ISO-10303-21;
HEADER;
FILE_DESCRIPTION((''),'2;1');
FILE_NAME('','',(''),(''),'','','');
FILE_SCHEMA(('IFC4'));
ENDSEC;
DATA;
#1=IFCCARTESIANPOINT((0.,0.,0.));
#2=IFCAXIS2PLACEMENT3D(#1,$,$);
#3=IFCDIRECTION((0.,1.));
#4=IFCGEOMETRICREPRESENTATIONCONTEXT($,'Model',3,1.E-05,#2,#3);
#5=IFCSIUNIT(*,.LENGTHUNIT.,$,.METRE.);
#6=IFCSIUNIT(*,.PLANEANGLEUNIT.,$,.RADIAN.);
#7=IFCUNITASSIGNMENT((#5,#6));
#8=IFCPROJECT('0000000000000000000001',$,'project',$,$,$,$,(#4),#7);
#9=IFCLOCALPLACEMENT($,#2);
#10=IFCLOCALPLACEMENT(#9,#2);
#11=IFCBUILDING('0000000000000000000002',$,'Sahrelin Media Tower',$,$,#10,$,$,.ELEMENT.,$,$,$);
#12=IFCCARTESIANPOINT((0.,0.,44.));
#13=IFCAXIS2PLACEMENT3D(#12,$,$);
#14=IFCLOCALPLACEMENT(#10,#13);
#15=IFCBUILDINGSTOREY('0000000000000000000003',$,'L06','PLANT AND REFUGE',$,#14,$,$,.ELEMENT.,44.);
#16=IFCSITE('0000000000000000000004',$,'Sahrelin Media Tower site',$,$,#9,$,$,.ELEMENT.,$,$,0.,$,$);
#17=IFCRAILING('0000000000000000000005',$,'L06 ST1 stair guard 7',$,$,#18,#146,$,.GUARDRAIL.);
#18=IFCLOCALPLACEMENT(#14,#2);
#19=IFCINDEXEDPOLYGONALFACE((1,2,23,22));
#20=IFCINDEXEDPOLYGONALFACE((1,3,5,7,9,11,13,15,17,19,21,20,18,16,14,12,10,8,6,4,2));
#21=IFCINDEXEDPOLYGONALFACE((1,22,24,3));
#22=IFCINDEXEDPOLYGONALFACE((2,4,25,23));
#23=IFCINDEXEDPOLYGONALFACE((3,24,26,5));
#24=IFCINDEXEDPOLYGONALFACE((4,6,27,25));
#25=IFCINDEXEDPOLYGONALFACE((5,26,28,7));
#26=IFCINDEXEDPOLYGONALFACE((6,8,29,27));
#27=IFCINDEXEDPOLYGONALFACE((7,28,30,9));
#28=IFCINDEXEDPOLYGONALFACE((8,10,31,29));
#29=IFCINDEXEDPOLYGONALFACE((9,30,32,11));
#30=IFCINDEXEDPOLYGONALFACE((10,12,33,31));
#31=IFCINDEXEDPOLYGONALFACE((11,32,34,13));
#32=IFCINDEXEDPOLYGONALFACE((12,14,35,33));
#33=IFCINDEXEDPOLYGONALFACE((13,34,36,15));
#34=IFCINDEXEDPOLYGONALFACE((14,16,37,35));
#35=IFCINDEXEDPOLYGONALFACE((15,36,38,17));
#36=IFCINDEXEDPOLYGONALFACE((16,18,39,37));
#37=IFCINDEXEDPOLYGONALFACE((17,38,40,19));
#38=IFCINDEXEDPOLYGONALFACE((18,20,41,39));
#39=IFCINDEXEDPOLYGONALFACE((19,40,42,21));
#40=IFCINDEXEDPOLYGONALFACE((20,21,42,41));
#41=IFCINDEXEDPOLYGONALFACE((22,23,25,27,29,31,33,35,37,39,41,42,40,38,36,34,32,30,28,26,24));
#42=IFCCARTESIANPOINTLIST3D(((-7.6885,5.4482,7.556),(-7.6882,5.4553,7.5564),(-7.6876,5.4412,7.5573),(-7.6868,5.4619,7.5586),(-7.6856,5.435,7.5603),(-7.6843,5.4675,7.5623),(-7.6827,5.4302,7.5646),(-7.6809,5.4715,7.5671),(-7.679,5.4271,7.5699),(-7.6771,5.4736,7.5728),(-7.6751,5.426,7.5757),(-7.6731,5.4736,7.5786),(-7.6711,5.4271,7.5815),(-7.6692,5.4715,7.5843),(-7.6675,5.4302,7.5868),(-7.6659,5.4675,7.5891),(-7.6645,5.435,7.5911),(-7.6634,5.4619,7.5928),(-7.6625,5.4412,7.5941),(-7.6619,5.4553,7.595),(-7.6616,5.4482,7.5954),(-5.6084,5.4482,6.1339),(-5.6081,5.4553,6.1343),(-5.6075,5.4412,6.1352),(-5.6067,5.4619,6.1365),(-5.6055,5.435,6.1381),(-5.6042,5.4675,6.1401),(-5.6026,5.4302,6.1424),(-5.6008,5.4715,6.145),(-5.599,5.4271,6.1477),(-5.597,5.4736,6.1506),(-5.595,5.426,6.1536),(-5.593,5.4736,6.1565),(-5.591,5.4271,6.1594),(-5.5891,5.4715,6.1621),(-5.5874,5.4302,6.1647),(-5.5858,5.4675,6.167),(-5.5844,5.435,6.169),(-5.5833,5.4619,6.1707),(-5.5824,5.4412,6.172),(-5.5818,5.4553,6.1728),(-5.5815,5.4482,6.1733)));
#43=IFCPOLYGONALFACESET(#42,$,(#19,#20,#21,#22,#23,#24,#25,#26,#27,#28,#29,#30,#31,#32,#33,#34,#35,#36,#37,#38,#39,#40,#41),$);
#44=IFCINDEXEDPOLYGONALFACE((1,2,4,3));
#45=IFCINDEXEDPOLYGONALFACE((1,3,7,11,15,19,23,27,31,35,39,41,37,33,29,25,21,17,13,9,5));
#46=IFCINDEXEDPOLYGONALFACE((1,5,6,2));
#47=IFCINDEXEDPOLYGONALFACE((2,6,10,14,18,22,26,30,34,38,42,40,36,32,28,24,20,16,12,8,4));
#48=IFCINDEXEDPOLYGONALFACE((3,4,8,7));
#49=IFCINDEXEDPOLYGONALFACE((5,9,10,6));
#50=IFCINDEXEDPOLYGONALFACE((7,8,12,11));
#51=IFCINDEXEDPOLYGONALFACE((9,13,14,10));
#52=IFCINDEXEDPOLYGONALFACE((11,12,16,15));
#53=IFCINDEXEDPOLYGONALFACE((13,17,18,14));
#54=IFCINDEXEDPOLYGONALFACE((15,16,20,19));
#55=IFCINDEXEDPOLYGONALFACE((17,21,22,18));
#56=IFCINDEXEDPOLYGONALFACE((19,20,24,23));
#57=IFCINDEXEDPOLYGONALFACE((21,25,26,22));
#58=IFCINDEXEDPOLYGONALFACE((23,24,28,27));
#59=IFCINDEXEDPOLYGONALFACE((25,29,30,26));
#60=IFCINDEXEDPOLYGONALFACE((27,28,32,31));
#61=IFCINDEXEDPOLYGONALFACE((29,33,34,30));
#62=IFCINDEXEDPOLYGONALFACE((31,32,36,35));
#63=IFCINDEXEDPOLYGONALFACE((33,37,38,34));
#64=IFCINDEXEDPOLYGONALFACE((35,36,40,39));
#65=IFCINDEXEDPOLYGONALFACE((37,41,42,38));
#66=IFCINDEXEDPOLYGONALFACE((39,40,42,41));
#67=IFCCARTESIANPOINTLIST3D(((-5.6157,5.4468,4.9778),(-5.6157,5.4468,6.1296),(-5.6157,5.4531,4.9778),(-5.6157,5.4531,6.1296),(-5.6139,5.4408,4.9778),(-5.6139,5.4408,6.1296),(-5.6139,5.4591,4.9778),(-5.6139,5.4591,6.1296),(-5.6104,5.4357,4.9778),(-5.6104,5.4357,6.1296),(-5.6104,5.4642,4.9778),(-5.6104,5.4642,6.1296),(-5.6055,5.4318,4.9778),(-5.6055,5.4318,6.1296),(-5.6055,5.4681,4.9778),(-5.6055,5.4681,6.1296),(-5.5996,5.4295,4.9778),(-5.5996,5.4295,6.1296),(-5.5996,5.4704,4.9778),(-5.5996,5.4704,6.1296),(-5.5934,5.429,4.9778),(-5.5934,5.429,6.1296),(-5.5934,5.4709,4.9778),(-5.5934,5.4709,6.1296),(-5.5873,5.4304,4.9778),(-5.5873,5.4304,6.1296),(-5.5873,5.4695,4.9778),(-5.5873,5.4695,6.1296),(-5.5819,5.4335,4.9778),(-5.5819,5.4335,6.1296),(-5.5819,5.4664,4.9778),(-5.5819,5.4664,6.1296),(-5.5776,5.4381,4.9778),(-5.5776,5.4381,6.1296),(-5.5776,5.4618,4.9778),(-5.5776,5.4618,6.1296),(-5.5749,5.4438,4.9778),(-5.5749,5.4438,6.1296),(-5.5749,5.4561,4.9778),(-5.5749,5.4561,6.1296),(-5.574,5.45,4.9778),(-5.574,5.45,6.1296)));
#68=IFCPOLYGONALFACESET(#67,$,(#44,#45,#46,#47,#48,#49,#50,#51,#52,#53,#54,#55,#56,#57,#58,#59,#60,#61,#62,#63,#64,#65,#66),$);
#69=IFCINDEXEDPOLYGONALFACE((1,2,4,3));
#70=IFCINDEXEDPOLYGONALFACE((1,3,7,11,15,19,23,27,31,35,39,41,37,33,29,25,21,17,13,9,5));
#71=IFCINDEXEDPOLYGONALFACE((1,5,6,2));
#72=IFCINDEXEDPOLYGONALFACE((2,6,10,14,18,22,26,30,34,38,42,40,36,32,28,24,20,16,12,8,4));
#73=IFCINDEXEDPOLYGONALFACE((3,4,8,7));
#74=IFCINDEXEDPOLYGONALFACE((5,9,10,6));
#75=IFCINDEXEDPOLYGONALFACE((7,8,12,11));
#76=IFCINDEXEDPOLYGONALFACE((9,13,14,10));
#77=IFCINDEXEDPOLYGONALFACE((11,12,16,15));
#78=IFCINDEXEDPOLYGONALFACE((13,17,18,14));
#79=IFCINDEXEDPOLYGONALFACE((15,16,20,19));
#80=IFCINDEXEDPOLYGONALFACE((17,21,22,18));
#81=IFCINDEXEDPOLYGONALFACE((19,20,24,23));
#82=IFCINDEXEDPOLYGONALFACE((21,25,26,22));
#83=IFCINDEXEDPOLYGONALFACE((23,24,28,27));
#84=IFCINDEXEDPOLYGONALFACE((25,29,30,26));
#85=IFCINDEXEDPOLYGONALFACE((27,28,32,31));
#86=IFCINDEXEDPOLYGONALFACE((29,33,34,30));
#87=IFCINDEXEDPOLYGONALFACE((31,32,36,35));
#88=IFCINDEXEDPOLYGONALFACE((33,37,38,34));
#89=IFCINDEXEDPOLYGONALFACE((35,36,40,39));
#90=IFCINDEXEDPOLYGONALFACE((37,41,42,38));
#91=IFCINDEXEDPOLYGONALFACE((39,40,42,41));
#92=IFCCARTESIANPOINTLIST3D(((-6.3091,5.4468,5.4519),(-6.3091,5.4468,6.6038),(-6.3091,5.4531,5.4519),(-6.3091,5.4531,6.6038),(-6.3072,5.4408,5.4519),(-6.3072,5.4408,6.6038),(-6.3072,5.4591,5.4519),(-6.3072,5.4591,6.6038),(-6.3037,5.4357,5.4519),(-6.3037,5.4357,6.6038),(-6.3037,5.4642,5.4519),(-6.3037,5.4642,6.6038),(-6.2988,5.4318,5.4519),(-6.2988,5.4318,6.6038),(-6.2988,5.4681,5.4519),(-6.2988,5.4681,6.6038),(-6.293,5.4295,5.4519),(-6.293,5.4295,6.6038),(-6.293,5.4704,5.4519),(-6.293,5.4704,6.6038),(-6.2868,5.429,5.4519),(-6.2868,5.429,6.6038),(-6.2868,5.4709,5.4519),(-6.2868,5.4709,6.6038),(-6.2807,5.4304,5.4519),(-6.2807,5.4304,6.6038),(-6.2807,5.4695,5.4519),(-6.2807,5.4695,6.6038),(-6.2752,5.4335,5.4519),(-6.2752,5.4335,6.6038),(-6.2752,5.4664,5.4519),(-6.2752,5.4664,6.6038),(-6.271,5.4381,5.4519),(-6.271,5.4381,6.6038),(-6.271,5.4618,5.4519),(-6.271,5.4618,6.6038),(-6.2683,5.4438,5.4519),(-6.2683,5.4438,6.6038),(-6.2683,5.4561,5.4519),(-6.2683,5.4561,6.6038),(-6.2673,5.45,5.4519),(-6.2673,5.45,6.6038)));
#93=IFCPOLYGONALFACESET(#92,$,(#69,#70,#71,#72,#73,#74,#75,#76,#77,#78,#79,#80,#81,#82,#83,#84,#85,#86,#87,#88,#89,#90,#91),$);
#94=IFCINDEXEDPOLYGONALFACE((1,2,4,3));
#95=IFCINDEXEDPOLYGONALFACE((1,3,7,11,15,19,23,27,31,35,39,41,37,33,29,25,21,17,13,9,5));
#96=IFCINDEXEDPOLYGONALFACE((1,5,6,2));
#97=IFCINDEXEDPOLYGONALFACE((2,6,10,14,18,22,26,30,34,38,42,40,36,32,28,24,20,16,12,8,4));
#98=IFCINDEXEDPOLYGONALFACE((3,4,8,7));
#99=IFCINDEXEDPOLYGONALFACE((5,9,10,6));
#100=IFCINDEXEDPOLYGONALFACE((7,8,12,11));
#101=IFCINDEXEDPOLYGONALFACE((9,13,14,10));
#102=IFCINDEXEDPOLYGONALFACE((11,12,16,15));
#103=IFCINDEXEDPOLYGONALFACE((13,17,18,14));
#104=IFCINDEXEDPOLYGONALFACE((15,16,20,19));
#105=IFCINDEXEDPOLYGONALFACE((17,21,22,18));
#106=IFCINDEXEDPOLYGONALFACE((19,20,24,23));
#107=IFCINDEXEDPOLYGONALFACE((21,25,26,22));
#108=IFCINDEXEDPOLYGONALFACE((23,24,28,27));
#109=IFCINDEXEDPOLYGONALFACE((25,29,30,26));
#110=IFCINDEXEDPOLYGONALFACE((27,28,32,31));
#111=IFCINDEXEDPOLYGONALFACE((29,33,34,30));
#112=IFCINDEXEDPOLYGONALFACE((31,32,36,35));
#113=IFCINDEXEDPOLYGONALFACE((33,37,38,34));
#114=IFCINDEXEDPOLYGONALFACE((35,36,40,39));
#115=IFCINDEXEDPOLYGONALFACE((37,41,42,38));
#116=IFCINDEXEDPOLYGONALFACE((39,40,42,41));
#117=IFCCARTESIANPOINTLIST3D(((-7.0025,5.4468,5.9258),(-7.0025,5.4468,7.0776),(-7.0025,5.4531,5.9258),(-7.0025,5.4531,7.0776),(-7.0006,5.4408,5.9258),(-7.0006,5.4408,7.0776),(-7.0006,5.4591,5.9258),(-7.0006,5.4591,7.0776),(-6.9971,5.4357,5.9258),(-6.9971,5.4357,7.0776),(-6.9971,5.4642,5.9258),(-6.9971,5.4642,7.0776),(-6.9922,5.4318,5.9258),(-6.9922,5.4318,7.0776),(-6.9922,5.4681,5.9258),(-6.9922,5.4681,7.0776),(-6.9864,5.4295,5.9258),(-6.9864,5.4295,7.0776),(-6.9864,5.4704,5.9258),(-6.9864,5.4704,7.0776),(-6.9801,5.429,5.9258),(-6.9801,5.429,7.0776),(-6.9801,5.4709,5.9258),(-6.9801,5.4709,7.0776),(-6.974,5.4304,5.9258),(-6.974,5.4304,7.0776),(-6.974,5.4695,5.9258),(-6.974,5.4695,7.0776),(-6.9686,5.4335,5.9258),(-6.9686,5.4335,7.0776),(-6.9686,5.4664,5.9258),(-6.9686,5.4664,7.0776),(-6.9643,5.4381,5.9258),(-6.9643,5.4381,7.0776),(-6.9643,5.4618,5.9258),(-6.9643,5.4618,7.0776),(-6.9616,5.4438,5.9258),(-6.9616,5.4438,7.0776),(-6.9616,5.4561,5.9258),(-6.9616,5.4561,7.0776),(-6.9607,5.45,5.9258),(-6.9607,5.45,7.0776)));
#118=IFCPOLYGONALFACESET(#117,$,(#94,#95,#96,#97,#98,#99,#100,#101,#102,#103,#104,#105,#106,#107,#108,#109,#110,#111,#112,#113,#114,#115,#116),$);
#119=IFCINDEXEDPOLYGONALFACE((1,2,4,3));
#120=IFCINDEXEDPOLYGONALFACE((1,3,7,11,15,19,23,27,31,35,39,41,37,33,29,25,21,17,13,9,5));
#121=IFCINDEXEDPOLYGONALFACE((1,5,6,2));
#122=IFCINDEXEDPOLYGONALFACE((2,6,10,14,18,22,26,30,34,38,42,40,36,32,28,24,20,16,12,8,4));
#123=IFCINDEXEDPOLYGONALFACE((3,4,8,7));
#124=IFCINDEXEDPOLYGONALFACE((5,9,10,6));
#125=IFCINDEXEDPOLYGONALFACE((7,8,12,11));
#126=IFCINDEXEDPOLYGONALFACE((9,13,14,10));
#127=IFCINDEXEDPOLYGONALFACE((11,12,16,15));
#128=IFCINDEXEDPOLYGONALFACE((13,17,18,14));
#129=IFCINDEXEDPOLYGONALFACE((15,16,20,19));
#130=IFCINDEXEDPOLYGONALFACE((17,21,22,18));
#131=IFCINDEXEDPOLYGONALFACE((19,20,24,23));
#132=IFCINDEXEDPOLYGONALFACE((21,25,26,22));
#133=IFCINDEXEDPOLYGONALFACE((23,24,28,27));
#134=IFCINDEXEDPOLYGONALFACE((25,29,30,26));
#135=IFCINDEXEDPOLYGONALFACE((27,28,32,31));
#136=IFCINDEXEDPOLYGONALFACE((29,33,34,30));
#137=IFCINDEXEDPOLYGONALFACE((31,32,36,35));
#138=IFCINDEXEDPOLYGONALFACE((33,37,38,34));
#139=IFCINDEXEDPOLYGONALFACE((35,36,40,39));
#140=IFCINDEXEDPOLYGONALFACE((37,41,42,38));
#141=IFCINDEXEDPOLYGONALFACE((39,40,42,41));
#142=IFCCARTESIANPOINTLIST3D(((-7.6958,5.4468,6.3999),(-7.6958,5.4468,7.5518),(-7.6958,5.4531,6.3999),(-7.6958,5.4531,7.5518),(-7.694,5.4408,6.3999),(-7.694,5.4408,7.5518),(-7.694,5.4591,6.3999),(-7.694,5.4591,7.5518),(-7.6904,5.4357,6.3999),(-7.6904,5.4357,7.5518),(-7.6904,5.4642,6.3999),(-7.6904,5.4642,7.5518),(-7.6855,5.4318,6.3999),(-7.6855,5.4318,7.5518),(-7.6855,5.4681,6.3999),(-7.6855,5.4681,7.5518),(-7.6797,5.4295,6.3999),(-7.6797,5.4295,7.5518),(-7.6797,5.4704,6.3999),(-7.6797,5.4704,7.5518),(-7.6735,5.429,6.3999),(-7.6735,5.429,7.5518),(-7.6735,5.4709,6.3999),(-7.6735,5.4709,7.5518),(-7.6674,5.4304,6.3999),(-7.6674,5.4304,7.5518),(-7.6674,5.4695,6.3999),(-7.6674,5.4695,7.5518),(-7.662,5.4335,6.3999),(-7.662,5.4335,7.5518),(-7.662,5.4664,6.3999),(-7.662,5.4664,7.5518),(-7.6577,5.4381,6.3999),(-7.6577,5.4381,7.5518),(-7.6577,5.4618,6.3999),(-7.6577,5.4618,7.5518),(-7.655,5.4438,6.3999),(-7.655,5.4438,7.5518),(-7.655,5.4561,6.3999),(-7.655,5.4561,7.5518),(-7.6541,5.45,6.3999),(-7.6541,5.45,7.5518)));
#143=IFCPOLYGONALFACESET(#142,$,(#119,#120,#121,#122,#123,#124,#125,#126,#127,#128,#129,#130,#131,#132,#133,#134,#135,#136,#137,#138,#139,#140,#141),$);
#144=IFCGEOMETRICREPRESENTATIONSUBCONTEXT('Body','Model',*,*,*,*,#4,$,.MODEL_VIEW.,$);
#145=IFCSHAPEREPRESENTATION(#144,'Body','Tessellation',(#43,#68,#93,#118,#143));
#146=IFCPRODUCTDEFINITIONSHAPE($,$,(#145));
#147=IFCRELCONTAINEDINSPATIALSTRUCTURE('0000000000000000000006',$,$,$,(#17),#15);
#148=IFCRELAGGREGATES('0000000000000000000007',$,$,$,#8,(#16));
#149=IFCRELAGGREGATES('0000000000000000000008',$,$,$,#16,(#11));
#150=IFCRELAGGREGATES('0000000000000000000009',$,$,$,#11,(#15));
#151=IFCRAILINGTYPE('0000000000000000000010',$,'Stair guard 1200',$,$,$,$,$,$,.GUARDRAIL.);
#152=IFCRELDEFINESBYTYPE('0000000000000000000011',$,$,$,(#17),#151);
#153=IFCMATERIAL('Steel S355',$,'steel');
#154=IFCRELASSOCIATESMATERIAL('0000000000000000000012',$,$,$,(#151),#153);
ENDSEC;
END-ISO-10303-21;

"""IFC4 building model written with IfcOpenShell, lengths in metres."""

from ifc_helpers import new_model, si_unit, direction, frame, origin, origin_2d, place, context, subcontext, project, spatial, circle, extrude, material, type_object, element, save


model = new_model("IFC4")

# Units and contexts
model_context = context("Model", 3, precision=1e-05, world=origin(), true_north=direction((0.0, 1.0)))
body_context = subcontext(model_context, "Body", "Model", "MODEL_VIEW")
ifc_project = project(units=[si_unit("LENGTHUNIT", "METRE"), si_unit("PLANEANGLEUNIT", "RADIAN")], contexts=[model_context])

# Site, building, storey
site_placement = place(None, origin())
site = spatial("IfcSite", under=ifc_project, at=site_placement, Name="Sahrelin Media Tower site", CompositionType="ELEMENT", RefElevation=0.0)
building_placement = place(site_placement, origin())
building = spatial("IfcBuilding", under=site, at=building_placement, Name="Sahrelin Media Tower", CompositionType="ELEMENT")
storey_placement = place(building_placement, frame((0.0, 0.0, 44.0)))
storey = spatial("IfcBuildingStorey", under=building, at=storey_placement, Name="L06", Description="PLANT AND REFUGE", CompositionType="ELEMENT", Elevation=44.0)

# Railing
ifc_material_1 = material(Name="Steel S355", Category="steel")
railing_type_1 = type_object("IfcRailingType", Name="Stair guard 1200", PredefinedType="GUARDRAIL", material=ifc_material_1)
railing_1_placement = place(storey_placement, frame((-5.595, 5.45, 4.9778)))
element("IfcRailing", 1, at=railing_1_placement, inside=storey, type_object=railing_type_1, Name="L06 ST1 stair guard 7", PredefinedType="GUARDRAIL", context=body_context, shape_type="SweptSolid", body=[
    extrude(circle(Radius=0.0239, at=origin_2d()), frame((0.0, 0.0, 1.1758), z_axis=(-0.825509, 0.0, 0.564389), x_axis=(0.0, -1.0, 0.0)), (0.0, 0.0, 1.0), 2.5198),
    extrude(circle(Radius=0.021, at=origin_2d()), origin(), (0.0, 0.0, 1.0), 1.1519),
    extrude(circle(Radius=0.021, at=origin_2d()), frame((-0.6934, 0.0, 0.4741)), (0.0, 0.0, 1.0), 1.1519),
    extrude(circle(Radius=0.021, at=origin_2d()), frame((-1.3867, 0.0, 0.948)), (0.0, 0.0, 1.0), 1.1519),
    extrude(circle(Radius=0.021, at=origin_2d()), frame((-2.0801, 0.0, 1.4221)), (0.0, 0.0, 1.0), 1.1519),
])

save(model, "model.ifc")
